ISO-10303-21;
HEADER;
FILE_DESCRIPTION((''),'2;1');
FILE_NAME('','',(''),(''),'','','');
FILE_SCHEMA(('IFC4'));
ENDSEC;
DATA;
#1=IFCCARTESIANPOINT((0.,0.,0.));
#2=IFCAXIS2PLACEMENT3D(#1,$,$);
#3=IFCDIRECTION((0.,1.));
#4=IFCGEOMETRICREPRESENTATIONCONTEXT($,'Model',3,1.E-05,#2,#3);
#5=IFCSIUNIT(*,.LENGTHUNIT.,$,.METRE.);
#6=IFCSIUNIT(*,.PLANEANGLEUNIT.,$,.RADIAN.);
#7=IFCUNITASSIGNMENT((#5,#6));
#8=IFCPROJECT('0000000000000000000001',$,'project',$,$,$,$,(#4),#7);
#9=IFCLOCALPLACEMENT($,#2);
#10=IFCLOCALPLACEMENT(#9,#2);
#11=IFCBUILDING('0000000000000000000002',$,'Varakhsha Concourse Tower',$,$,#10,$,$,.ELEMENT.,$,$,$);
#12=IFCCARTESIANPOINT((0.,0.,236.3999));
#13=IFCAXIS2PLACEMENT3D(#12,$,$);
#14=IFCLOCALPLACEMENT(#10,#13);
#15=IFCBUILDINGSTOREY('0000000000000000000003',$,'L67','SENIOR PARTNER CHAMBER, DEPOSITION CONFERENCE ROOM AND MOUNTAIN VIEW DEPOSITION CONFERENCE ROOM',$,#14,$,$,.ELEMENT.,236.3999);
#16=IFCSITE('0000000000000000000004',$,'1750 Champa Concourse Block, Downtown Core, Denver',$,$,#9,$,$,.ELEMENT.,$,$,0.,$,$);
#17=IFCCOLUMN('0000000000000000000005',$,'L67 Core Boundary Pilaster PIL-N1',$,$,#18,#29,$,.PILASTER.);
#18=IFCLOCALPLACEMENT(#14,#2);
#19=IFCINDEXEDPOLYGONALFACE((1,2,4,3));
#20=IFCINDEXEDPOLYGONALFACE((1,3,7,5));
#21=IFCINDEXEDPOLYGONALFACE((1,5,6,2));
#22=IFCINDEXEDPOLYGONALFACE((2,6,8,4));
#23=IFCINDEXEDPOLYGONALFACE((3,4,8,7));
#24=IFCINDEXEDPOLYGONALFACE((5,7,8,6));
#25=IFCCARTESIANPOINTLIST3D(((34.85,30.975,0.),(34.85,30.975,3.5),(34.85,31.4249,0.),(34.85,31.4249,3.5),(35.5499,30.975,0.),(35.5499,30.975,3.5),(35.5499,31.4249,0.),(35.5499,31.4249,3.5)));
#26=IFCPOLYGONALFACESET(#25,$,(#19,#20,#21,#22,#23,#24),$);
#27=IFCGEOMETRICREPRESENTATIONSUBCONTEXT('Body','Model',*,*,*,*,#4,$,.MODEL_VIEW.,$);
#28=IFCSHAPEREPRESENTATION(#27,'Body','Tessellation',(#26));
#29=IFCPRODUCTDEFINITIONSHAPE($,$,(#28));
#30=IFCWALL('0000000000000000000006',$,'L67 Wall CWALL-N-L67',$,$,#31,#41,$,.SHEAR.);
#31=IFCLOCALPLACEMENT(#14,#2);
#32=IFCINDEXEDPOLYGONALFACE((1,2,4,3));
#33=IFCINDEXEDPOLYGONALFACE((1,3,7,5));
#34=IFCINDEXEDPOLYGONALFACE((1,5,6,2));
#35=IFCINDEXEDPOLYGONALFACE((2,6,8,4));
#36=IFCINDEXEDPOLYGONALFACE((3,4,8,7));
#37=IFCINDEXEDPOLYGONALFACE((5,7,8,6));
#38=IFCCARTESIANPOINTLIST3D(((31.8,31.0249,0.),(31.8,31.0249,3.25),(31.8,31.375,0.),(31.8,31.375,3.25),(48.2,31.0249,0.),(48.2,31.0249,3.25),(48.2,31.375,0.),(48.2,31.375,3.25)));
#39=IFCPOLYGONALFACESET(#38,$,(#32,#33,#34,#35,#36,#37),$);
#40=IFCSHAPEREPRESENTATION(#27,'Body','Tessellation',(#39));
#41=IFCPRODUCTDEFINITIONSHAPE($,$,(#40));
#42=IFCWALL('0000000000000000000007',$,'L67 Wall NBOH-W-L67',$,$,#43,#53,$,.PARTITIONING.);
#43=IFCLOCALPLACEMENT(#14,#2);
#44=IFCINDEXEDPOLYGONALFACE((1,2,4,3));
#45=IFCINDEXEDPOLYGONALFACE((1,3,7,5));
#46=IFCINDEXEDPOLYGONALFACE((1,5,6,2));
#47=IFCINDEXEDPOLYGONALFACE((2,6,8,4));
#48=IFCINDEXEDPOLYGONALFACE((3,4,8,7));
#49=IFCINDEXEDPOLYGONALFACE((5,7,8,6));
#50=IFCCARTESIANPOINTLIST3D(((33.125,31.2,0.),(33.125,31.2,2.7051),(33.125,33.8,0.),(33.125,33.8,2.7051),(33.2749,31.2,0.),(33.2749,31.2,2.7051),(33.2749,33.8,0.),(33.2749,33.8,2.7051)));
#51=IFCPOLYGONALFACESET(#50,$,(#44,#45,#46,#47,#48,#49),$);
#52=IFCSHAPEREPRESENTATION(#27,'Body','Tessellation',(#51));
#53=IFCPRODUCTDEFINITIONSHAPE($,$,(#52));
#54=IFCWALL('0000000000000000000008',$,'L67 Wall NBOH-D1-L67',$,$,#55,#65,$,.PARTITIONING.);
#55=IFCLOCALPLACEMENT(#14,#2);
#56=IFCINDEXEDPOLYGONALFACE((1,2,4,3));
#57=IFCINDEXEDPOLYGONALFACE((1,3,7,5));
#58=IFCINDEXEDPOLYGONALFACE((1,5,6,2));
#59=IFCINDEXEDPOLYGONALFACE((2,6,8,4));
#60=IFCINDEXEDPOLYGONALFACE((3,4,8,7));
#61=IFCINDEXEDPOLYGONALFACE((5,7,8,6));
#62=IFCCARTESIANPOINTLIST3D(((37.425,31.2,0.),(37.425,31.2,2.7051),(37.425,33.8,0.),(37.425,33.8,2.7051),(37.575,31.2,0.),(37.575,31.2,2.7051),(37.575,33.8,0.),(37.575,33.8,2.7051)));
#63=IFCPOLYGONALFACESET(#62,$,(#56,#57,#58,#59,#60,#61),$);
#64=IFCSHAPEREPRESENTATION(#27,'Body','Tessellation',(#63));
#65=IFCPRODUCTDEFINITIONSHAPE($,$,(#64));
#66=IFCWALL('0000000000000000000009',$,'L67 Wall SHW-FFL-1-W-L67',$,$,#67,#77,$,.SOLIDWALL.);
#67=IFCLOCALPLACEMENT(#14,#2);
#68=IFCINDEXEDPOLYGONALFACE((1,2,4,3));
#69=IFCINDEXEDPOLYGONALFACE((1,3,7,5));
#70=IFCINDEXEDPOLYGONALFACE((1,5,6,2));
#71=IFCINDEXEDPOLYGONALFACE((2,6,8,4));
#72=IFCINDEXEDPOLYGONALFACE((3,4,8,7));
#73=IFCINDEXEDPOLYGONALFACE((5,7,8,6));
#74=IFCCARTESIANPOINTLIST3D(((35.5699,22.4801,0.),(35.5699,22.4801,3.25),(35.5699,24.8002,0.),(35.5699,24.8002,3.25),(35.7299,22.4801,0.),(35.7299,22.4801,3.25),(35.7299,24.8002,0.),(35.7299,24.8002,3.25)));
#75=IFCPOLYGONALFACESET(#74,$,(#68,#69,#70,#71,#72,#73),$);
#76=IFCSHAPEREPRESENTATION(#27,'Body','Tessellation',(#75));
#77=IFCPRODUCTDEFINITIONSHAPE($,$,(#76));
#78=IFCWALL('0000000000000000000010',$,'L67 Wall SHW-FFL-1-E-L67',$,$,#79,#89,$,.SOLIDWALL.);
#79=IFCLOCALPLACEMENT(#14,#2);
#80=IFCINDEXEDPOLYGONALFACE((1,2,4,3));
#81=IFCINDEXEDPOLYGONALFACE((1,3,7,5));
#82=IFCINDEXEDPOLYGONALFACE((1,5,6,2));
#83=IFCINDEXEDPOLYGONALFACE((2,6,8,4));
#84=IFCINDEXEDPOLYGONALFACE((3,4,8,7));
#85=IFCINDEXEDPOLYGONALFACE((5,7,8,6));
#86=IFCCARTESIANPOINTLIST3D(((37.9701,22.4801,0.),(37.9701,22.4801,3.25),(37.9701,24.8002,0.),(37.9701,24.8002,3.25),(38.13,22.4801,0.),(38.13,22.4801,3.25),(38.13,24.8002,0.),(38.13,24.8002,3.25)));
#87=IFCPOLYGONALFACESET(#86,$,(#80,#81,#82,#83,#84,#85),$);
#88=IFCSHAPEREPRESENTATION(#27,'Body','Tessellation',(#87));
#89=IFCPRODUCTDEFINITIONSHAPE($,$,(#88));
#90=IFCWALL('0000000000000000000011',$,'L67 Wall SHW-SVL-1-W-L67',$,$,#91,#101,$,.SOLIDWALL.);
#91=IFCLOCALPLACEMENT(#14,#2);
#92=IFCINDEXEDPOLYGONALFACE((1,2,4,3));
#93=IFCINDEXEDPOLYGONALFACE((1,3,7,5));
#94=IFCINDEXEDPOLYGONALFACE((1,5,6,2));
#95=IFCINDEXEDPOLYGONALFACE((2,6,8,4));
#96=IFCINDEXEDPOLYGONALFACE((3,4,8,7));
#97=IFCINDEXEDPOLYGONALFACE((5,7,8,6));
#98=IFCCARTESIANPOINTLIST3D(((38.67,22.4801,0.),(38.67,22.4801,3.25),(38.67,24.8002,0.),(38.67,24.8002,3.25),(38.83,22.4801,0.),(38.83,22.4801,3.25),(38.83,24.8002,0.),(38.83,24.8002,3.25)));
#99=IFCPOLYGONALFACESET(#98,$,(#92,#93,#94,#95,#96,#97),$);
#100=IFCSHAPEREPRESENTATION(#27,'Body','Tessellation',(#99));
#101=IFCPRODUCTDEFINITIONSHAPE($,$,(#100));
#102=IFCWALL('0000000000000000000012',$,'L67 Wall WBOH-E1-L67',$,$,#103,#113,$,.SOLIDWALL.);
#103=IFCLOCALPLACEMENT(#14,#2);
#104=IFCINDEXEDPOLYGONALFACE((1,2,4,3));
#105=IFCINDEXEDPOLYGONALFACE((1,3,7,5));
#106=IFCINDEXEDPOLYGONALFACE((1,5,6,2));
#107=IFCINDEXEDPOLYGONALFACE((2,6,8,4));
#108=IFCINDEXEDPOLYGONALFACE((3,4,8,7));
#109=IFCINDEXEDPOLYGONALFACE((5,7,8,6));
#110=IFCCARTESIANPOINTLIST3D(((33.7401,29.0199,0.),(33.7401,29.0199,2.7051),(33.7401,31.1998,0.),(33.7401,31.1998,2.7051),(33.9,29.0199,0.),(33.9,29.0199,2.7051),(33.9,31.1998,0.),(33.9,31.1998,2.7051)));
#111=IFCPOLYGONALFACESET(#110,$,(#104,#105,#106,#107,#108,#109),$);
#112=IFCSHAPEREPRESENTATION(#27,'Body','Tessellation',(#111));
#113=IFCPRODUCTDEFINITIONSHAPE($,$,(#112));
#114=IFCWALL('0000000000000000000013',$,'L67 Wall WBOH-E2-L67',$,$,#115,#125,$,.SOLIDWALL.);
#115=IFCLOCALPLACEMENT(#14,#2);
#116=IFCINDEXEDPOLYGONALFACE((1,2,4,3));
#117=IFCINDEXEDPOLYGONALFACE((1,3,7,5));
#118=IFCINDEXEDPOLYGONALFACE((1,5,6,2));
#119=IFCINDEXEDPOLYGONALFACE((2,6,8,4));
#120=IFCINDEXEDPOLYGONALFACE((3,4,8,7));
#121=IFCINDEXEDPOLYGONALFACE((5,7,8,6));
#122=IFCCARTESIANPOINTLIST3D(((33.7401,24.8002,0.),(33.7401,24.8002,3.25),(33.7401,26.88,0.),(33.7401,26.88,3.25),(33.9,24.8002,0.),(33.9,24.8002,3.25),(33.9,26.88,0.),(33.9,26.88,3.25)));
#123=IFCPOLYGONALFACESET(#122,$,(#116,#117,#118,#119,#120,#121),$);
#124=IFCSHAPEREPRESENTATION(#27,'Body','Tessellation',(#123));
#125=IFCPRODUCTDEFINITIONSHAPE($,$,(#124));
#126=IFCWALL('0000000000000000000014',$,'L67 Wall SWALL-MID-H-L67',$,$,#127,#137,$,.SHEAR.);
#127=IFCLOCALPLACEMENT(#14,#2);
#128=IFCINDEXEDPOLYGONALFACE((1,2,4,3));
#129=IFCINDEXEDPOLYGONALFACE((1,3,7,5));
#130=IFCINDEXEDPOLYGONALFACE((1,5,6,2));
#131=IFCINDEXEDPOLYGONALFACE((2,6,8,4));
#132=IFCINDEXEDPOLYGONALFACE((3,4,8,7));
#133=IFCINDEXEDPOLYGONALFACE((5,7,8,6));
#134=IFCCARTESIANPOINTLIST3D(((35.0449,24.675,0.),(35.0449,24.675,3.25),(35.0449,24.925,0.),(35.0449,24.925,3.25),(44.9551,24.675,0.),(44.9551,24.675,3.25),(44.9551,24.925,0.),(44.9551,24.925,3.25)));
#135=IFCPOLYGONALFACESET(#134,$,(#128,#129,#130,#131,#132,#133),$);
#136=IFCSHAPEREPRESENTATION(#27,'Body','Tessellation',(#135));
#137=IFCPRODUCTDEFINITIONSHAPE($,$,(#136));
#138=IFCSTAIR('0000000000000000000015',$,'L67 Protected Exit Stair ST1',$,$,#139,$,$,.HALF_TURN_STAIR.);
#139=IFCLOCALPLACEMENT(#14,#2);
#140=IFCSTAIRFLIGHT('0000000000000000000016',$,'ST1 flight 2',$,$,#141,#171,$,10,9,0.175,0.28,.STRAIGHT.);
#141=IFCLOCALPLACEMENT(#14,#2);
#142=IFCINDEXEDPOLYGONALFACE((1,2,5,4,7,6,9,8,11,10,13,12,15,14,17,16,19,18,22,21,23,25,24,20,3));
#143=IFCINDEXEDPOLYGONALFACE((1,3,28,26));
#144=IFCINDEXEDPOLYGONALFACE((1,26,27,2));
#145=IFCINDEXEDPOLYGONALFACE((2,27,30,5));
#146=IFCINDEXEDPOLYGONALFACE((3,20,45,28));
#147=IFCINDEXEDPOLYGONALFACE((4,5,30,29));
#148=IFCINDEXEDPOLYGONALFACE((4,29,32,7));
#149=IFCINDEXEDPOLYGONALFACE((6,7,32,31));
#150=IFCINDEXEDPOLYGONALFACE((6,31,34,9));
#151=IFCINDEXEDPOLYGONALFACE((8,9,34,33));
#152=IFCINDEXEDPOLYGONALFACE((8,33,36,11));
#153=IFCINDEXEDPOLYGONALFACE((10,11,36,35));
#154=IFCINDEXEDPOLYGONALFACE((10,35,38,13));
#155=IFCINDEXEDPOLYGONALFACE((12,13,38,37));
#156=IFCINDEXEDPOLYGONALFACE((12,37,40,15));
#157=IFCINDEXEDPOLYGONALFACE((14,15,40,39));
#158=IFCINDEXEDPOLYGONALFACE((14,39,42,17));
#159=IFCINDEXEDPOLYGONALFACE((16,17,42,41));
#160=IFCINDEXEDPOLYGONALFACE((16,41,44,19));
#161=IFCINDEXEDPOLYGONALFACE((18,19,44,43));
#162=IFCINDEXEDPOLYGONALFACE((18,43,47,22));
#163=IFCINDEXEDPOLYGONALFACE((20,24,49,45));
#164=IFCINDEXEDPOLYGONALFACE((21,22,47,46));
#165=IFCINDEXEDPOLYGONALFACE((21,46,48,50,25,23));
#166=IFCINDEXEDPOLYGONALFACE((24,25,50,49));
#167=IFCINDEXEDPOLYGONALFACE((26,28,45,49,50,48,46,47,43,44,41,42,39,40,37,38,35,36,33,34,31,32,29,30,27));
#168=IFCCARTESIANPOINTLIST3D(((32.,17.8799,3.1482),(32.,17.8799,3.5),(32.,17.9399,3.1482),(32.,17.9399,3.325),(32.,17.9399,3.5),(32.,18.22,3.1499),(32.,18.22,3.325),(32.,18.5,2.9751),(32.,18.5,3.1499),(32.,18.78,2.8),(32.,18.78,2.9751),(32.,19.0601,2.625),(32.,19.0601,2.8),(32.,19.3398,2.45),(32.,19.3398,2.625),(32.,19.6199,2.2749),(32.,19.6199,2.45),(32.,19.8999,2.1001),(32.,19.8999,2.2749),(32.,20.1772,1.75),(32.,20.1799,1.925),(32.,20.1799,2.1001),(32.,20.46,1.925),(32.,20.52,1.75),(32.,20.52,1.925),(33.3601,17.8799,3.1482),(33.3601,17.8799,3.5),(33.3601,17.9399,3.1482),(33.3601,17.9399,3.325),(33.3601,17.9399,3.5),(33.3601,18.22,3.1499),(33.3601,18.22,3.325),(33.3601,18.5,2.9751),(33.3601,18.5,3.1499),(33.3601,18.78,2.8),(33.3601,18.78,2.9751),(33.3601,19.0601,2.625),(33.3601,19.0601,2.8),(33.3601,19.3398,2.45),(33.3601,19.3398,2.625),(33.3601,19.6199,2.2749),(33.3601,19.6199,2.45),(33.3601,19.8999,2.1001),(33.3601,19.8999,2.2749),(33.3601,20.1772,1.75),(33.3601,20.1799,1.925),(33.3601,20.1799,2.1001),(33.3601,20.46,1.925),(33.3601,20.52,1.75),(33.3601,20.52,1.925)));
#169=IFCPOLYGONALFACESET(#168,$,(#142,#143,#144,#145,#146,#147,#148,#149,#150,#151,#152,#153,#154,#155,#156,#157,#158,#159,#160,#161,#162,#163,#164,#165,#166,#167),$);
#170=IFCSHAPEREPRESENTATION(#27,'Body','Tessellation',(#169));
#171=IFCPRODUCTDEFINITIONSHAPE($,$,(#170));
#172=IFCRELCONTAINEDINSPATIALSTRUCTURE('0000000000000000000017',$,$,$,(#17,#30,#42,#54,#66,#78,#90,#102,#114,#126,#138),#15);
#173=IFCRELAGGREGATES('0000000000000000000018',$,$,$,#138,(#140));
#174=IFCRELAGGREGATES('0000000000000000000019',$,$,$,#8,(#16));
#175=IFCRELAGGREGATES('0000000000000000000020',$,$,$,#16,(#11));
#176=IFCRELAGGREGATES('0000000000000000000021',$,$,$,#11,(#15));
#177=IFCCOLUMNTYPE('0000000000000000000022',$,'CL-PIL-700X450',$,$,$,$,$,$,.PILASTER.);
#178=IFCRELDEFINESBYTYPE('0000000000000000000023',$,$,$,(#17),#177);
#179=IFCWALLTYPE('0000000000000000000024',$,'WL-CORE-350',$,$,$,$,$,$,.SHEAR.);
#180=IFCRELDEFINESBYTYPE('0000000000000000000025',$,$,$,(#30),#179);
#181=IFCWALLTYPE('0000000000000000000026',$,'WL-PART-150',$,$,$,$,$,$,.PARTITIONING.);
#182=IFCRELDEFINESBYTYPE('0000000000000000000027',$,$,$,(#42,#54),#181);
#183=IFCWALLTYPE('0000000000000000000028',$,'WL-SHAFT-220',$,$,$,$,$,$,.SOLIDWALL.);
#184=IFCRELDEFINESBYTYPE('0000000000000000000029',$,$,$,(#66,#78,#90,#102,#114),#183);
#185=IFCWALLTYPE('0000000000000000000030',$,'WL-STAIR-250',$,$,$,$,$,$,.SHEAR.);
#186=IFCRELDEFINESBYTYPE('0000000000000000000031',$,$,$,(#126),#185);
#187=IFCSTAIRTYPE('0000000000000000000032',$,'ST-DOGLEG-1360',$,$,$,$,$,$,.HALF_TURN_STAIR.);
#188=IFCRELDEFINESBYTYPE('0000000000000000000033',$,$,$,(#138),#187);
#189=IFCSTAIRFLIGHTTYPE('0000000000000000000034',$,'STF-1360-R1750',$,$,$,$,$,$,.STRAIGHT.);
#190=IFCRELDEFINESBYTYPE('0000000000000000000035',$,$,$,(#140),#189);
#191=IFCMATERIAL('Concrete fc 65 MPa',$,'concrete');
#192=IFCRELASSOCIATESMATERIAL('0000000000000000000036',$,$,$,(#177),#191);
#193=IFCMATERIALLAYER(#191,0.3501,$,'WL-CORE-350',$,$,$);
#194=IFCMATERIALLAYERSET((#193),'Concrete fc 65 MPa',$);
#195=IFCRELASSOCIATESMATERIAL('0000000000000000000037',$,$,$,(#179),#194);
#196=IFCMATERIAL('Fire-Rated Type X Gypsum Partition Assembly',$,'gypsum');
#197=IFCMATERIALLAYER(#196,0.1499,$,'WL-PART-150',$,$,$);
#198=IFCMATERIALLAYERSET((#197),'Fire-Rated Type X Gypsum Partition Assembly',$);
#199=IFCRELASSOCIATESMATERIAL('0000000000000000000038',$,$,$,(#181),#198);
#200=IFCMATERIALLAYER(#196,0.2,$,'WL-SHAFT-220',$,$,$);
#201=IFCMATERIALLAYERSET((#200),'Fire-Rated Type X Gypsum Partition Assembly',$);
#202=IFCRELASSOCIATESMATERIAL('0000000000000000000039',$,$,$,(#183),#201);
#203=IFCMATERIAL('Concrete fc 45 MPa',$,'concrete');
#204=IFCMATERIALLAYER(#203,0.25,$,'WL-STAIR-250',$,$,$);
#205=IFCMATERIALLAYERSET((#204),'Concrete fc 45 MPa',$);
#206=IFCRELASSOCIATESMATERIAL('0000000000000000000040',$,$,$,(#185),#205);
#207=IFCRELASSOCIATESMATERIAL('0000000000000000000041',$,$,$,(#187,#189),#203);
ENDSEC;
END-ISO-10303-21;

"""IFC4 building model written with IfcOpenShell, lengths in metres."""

from ifc_helpers import new_model, si_unit, direction, frame, frame_2d, origin, origin_2d, place, context, subcontext, project, spatial, polyline, rectangle, outline, extrude, material, layer, layer_set, material_profile, profile_set, type_object, element, aggregate, save


model = new_model("IFC4")

# Units and contexts
model_context = context("Model", 3, precision=1e-05, world=origin(), true_north=direction((0.0, 1.0)))
body_context = subcontext(model_context, "Body", "Model", "MODEL_VIEW")
ifc_project = project(units=[si_unit("LENGTHUNIT", "METRE"), si_unit("PLANEANGLEUNIT", "RADIAN")], contexts=[model_context])

# Site, building, storey
site_placement = place(None, origin())
site = spatial("IfcSite", under=ifc_project, at=site_placement, Name="1750 Champa Concourse Block, Downtown Core, Denver", CompositionType="ELEMENT", RefElevation=0.0)
building_placement = place(site_placement, origin())
building = spatial("IfcBuilding", under=site, at=building_placement, Name="Varakhsha Concourse Tower", CompositionType="ELEMENT")
storey_placement = place(building_placement, frame((0.0, 0.0, 236.3999)))
storey = spatial("IfcBuildingStorey", under=building, at=storey_placement, Name="L67", Description="SENIOR PARTNER CHAMBER, DEPOSITION CONFERENCE ROOM AND MOUNTAIN VIEW DEPOSITION CONFERENCE ROOM", CompositionType="ELEMENT", Elevation=236.3999)

# Column
ifc_material_1 = material(Name="Concrete fc 65 MPa", Category="concrete")
ifc_material_profile = material_profile(ifc_material_1, rectangle(XDim=0.7, YDim=0.45, at=origin_2d()), Name="RC 700x450")
ifc_profile_set = profile_set([ifc_material_profile], Name="Concrete fc 65 MPa")
column_type = type_object("IfcColumnType", Name="CL-PIL-700X450", PredefinedType="PILASTER", material=ifc_profile_set)
column_placement = place(storey_placement, frame((35.2, 31.2, 0.0), z_axis=(0.0, 0.0, 1.0), x_axis=(1.0, 0.0, 0.0)))
element("IfcColumn", 1, at=column_placement, inside=storey, type_object=column_type, Name="L67 Core Boundary Pilaster PIL-N1", PredefinedType="PILASTER", context=body_context, shape_type="SweptSolid", body=[
    extrude(rectangle(XDim=0.7, YDim=0.45, at=origin_2d()), origin(), (0.0, 0.0, 1.0), 3.5),
])

# Walls
ifc_layer_1 = layer(ifc_material_1, 0.3501, Name="WL-CORE-350")
ifc_layer_set_1 = layer_set([ifc_layer_1], Name="Concrete fc 65 MPa")
wall_type_1 = type_object("IfcWallType", Name="WL-CORE-350", PredefinedType="SHEAR", material=ifc_layer_set_1)
wall_1_placement = place(storey_placement, frame((31.8, 31.2, 0.0), z_axis=(0.0, 0.0, 1.0), x_axis=(1.0, 0.0, 0.0)))
element("IfcWall", 2, at=wall_1_placement, inside=storey, type_object=wall_type_1, Name="L67 Wall CWALL-N-L67", PredefinedType="SHEAR", context=body_context, shape_type="SweptSolid", body=[
    extrude(rectangle(XDim=16.3999, YDim=0.3501, at=frame_2d((8.2, 0.0))), origin(), (0.0, 0.0, 1.0), 3.25),
])
ifc_material_2 = material(Name="Fire-Rated Type X Gypsum Partition Assembly", Category="gypsum")
ifc_layer_2 = layer(ifc_material_2, 0.1499, Name="WL-PART-150")
ifc_layer_set_2 = layer_set([ifc_layer_2], Name="Fire-Rated Type X Gypsum Partition Assembly")
wall_type_2 = type_object("IfcWallType", Name="WL-PART-150", PredefinedType="PARTITIONING", material=ifc_layer_set_2)
for number, where, z_axis, x_axis, name in (
    (3, (33.2, 31.2, 0.0), (0.0, 0.0, 1.0), (0.0, 1.0, 0.0), "L67 Wall NBOH-W-L67"),
    (4, (37.5, 31.2, 0.0), (0.0, 0.0, 1.0), (0.0, 1.0, 0.0), "L67 Wall NBOH-D1-L67"),
):
    element("IfcWall", number, at=place(storey_placement, frame(where, z_axis=z_axis, x_axis=x_axis)), inside=storey, type_object=wall_type_2, Name=name, PredefinedType="PARTITIONING", context=body_context, shape_type="SweptSolid", body=[
        extrude(rectangle(XDim=2.6001, YDim=0.1499, at=frame_2d((1.3, 0.0))), origin(), (0.0, 0.0, 1.0), 2.7051),
    ])

# Shared definitions
ifc_layer_3 = layer(ifc_material_2, 0.2, Name="WL-SHAFT-220")
ifc_layer_set_3 = layer_set([ifc_layer_3], Name="Fire-Rated Type X Gypsum Partition Assembly")
wall_type_3 = type_object("IfcWallType", Name="WL-SHAFT-220", PredefinedType="SOLIDWALL", material=ifc_layer_set_3)

# Walls
for number, where, z_axis, x_axis, name in (
    (5, (35.6499, 22.48, 0.0), (0.0, 0.0, 1.0), (0.0, 1.0, 0.0), "L67 Wall SHW-FFL-1-W-L67"),
    (6, (38.05, 22.48, 0.0), (0.0, 0.0, 1.0), (0.0, 1.0, 0.0), "L67 Wall SHW-FFL-1-E-L67"),
    (7, (38.75, 22.48, 0.0), (0.0, 0.0, 1.0), (0.0, 1.0, 0.0), "L67 Wall SHW-SVL-1-W-L67"),
):
    element("IfcWall", number, at=place(storey_placement, frame(where, z_axis=z_axis, x_axis=x_axis)), inside=storey, type_object=wall_type_3, Name=name, PredefinedType="SOLIDWALL", context=body_context, shape_type="SweptSolid", body=[
        extrude(rectangle(XDim=2.3201, YDim=0.1599, at=frame_2d((1.1602, 0.0))), origin(), (0.0, 0.0, 1.0), 3.25),
    ])

# Walls
wall_2_placement = place(storey_placement, frame((33.8201, 29.02, 0.0), z_axis=(0.0, 0.0, 1.0), x_axis=(0.0, 1.0, 0.0)))
element("IfcWall", 8, at=wall_2_placement, inside=storey, type_object=wall_type_3, Name="L67 Wall WBOH-E1-L67", PredefinedType="SOLIDWALL", context=body_context, shape_type="SweptSolid", body=[
    extrude(rectangle(XDim=2.1799, YDim=0.1599, at=frame_2d((1.0898, 0.0))), origin(), (0.0, 0.0, 1.0), 2.7051),
])
wall_3_placement = place(storey_placement, frame((33.8201, 24.8, 0.0), z_axis=(0.0, 0.0, 1.0), x_axis=(0.0, 1.0, 0.0)))
element("IfcWall", 9, at=wall_3_placement, inside=storey, type_object=wall_type_3, Name="L67 Wall WBOH-E2-L67", PredefinedType="SOLIDWALL", context=body_context, shape_type="SweptSolid", body=[
    extrude(rectangle(XDim=2.0798, YDim=0.1599, at=frame_2d((1.04, 0.0))), origin(), (0.0, 0.0, 1.0), 3.25),
])
ifc_material_3 = material(Name="Concrete fc 45 MPa", Category="concrete")
ifc_layer_4 = layer(ifc_material_3, 0.25, Name="WL-STAIR-250")
ifc_layer_set_4 = layer_set([ifc_layer_4], Name="Concrete fc 45 MPa")
wall_type_4 = type_object("IfcWallType", Name="WL-STAIR-250", PredefinedType="SHEAR", material=ifc_layer_set_4)
wall_4_placement = place(storey_placement, frame((35.0449, 24.8, 0.0), z_axis=(0.0, 0.0, 1.0), x_axis=(1.0, 0.0, 0.0)))
element("IfcWall", 10, at=wall_4_placement, inside=storey, type_object=wall_type_4, Name="L67 Wall SWALL-MID-H-L67", PredefinedType="SHEAR", context=body_context, shape_type="SweptSolid", body=[
    extrude(rectangle(XDim=9.9102, YDim=0.25, at=frame_2d((4.9551, 0.0))), origin(), (0.0, 0.0, 1.0), 3.25),
])

# Stair, stair flight
stair_type = type_object("IfcStairType", Name="ST-DOGLEG-1360", PredefinedType="HALF_TURN_STAIR", material=ifc_material_3)
stair_placement = place(storey_placement, origin())
stair = element("IfcStair", 11, at=stair_placement, inside=storey, type_object=stair_type, Name="L67 Protected Exit Stair ST1", PredefinedType="HALF_TURN_STAIR")
stair_flight_type = type_object("IfcStairFlightType", Name="STF-1360-R1750", PredefinedType="STRAIGHT", material=ifc_material_3)
stair_flight_placement = place(storey_placement, frame((32.6799, 20.46, 1.75), z_axis=(0.0, 0.0, 1.0), x_axis=(0.0, -1.0, 0.0)))
stair_flight = element("IfcStairFlight", 12, at=stair_flight_placement, type_object=stair_flight_type, Name="ST1 flight 2", NumberOfRisers=10, NumberOfTreads=9, PredefinedType="STRAIGHT", RiserHeight=0.175, TreadLength=0.28, context=body_context, shape_type="SweptSolid", body=[
    extrude(outline(polyline([(-0.0601, 0.0), (-0.0601, 0.175), (0.0, 0.175), (0.28, 0.175), (0.28, 0.3501), (0.5601, 0.3501), (0.5601, 0.5249), (0.8401, 0.5249), (0.8401, 0.7), (1.1201, 0.7), (1.1201, 0.875), (1.3999, 0.875), (1.3999, 1.05), (1.6799, 1.05), (1.6799, 1.2251), (1.96, 1.2251), (1.96, 1.3999), (2.24, 1.3999), (2.24, 1.575), (2.52, 1.575), (2.52, 1.75), (2.5801, 1.75), (2.5801, 1.3982), (2.52, 1.3982), (0.2827, 0.0), (-0.0601, 0.0)])), frame((0.0, 0.6802, 0.0), z_axis=(0.0, -1.0, 0.0), x_axis=(1.0, 0.0, 0.0)), (0.0, 0.0, 1.0), 1.3601),
])
aggregate(stair, [stair_flight])

save(model, "model.ifc")
